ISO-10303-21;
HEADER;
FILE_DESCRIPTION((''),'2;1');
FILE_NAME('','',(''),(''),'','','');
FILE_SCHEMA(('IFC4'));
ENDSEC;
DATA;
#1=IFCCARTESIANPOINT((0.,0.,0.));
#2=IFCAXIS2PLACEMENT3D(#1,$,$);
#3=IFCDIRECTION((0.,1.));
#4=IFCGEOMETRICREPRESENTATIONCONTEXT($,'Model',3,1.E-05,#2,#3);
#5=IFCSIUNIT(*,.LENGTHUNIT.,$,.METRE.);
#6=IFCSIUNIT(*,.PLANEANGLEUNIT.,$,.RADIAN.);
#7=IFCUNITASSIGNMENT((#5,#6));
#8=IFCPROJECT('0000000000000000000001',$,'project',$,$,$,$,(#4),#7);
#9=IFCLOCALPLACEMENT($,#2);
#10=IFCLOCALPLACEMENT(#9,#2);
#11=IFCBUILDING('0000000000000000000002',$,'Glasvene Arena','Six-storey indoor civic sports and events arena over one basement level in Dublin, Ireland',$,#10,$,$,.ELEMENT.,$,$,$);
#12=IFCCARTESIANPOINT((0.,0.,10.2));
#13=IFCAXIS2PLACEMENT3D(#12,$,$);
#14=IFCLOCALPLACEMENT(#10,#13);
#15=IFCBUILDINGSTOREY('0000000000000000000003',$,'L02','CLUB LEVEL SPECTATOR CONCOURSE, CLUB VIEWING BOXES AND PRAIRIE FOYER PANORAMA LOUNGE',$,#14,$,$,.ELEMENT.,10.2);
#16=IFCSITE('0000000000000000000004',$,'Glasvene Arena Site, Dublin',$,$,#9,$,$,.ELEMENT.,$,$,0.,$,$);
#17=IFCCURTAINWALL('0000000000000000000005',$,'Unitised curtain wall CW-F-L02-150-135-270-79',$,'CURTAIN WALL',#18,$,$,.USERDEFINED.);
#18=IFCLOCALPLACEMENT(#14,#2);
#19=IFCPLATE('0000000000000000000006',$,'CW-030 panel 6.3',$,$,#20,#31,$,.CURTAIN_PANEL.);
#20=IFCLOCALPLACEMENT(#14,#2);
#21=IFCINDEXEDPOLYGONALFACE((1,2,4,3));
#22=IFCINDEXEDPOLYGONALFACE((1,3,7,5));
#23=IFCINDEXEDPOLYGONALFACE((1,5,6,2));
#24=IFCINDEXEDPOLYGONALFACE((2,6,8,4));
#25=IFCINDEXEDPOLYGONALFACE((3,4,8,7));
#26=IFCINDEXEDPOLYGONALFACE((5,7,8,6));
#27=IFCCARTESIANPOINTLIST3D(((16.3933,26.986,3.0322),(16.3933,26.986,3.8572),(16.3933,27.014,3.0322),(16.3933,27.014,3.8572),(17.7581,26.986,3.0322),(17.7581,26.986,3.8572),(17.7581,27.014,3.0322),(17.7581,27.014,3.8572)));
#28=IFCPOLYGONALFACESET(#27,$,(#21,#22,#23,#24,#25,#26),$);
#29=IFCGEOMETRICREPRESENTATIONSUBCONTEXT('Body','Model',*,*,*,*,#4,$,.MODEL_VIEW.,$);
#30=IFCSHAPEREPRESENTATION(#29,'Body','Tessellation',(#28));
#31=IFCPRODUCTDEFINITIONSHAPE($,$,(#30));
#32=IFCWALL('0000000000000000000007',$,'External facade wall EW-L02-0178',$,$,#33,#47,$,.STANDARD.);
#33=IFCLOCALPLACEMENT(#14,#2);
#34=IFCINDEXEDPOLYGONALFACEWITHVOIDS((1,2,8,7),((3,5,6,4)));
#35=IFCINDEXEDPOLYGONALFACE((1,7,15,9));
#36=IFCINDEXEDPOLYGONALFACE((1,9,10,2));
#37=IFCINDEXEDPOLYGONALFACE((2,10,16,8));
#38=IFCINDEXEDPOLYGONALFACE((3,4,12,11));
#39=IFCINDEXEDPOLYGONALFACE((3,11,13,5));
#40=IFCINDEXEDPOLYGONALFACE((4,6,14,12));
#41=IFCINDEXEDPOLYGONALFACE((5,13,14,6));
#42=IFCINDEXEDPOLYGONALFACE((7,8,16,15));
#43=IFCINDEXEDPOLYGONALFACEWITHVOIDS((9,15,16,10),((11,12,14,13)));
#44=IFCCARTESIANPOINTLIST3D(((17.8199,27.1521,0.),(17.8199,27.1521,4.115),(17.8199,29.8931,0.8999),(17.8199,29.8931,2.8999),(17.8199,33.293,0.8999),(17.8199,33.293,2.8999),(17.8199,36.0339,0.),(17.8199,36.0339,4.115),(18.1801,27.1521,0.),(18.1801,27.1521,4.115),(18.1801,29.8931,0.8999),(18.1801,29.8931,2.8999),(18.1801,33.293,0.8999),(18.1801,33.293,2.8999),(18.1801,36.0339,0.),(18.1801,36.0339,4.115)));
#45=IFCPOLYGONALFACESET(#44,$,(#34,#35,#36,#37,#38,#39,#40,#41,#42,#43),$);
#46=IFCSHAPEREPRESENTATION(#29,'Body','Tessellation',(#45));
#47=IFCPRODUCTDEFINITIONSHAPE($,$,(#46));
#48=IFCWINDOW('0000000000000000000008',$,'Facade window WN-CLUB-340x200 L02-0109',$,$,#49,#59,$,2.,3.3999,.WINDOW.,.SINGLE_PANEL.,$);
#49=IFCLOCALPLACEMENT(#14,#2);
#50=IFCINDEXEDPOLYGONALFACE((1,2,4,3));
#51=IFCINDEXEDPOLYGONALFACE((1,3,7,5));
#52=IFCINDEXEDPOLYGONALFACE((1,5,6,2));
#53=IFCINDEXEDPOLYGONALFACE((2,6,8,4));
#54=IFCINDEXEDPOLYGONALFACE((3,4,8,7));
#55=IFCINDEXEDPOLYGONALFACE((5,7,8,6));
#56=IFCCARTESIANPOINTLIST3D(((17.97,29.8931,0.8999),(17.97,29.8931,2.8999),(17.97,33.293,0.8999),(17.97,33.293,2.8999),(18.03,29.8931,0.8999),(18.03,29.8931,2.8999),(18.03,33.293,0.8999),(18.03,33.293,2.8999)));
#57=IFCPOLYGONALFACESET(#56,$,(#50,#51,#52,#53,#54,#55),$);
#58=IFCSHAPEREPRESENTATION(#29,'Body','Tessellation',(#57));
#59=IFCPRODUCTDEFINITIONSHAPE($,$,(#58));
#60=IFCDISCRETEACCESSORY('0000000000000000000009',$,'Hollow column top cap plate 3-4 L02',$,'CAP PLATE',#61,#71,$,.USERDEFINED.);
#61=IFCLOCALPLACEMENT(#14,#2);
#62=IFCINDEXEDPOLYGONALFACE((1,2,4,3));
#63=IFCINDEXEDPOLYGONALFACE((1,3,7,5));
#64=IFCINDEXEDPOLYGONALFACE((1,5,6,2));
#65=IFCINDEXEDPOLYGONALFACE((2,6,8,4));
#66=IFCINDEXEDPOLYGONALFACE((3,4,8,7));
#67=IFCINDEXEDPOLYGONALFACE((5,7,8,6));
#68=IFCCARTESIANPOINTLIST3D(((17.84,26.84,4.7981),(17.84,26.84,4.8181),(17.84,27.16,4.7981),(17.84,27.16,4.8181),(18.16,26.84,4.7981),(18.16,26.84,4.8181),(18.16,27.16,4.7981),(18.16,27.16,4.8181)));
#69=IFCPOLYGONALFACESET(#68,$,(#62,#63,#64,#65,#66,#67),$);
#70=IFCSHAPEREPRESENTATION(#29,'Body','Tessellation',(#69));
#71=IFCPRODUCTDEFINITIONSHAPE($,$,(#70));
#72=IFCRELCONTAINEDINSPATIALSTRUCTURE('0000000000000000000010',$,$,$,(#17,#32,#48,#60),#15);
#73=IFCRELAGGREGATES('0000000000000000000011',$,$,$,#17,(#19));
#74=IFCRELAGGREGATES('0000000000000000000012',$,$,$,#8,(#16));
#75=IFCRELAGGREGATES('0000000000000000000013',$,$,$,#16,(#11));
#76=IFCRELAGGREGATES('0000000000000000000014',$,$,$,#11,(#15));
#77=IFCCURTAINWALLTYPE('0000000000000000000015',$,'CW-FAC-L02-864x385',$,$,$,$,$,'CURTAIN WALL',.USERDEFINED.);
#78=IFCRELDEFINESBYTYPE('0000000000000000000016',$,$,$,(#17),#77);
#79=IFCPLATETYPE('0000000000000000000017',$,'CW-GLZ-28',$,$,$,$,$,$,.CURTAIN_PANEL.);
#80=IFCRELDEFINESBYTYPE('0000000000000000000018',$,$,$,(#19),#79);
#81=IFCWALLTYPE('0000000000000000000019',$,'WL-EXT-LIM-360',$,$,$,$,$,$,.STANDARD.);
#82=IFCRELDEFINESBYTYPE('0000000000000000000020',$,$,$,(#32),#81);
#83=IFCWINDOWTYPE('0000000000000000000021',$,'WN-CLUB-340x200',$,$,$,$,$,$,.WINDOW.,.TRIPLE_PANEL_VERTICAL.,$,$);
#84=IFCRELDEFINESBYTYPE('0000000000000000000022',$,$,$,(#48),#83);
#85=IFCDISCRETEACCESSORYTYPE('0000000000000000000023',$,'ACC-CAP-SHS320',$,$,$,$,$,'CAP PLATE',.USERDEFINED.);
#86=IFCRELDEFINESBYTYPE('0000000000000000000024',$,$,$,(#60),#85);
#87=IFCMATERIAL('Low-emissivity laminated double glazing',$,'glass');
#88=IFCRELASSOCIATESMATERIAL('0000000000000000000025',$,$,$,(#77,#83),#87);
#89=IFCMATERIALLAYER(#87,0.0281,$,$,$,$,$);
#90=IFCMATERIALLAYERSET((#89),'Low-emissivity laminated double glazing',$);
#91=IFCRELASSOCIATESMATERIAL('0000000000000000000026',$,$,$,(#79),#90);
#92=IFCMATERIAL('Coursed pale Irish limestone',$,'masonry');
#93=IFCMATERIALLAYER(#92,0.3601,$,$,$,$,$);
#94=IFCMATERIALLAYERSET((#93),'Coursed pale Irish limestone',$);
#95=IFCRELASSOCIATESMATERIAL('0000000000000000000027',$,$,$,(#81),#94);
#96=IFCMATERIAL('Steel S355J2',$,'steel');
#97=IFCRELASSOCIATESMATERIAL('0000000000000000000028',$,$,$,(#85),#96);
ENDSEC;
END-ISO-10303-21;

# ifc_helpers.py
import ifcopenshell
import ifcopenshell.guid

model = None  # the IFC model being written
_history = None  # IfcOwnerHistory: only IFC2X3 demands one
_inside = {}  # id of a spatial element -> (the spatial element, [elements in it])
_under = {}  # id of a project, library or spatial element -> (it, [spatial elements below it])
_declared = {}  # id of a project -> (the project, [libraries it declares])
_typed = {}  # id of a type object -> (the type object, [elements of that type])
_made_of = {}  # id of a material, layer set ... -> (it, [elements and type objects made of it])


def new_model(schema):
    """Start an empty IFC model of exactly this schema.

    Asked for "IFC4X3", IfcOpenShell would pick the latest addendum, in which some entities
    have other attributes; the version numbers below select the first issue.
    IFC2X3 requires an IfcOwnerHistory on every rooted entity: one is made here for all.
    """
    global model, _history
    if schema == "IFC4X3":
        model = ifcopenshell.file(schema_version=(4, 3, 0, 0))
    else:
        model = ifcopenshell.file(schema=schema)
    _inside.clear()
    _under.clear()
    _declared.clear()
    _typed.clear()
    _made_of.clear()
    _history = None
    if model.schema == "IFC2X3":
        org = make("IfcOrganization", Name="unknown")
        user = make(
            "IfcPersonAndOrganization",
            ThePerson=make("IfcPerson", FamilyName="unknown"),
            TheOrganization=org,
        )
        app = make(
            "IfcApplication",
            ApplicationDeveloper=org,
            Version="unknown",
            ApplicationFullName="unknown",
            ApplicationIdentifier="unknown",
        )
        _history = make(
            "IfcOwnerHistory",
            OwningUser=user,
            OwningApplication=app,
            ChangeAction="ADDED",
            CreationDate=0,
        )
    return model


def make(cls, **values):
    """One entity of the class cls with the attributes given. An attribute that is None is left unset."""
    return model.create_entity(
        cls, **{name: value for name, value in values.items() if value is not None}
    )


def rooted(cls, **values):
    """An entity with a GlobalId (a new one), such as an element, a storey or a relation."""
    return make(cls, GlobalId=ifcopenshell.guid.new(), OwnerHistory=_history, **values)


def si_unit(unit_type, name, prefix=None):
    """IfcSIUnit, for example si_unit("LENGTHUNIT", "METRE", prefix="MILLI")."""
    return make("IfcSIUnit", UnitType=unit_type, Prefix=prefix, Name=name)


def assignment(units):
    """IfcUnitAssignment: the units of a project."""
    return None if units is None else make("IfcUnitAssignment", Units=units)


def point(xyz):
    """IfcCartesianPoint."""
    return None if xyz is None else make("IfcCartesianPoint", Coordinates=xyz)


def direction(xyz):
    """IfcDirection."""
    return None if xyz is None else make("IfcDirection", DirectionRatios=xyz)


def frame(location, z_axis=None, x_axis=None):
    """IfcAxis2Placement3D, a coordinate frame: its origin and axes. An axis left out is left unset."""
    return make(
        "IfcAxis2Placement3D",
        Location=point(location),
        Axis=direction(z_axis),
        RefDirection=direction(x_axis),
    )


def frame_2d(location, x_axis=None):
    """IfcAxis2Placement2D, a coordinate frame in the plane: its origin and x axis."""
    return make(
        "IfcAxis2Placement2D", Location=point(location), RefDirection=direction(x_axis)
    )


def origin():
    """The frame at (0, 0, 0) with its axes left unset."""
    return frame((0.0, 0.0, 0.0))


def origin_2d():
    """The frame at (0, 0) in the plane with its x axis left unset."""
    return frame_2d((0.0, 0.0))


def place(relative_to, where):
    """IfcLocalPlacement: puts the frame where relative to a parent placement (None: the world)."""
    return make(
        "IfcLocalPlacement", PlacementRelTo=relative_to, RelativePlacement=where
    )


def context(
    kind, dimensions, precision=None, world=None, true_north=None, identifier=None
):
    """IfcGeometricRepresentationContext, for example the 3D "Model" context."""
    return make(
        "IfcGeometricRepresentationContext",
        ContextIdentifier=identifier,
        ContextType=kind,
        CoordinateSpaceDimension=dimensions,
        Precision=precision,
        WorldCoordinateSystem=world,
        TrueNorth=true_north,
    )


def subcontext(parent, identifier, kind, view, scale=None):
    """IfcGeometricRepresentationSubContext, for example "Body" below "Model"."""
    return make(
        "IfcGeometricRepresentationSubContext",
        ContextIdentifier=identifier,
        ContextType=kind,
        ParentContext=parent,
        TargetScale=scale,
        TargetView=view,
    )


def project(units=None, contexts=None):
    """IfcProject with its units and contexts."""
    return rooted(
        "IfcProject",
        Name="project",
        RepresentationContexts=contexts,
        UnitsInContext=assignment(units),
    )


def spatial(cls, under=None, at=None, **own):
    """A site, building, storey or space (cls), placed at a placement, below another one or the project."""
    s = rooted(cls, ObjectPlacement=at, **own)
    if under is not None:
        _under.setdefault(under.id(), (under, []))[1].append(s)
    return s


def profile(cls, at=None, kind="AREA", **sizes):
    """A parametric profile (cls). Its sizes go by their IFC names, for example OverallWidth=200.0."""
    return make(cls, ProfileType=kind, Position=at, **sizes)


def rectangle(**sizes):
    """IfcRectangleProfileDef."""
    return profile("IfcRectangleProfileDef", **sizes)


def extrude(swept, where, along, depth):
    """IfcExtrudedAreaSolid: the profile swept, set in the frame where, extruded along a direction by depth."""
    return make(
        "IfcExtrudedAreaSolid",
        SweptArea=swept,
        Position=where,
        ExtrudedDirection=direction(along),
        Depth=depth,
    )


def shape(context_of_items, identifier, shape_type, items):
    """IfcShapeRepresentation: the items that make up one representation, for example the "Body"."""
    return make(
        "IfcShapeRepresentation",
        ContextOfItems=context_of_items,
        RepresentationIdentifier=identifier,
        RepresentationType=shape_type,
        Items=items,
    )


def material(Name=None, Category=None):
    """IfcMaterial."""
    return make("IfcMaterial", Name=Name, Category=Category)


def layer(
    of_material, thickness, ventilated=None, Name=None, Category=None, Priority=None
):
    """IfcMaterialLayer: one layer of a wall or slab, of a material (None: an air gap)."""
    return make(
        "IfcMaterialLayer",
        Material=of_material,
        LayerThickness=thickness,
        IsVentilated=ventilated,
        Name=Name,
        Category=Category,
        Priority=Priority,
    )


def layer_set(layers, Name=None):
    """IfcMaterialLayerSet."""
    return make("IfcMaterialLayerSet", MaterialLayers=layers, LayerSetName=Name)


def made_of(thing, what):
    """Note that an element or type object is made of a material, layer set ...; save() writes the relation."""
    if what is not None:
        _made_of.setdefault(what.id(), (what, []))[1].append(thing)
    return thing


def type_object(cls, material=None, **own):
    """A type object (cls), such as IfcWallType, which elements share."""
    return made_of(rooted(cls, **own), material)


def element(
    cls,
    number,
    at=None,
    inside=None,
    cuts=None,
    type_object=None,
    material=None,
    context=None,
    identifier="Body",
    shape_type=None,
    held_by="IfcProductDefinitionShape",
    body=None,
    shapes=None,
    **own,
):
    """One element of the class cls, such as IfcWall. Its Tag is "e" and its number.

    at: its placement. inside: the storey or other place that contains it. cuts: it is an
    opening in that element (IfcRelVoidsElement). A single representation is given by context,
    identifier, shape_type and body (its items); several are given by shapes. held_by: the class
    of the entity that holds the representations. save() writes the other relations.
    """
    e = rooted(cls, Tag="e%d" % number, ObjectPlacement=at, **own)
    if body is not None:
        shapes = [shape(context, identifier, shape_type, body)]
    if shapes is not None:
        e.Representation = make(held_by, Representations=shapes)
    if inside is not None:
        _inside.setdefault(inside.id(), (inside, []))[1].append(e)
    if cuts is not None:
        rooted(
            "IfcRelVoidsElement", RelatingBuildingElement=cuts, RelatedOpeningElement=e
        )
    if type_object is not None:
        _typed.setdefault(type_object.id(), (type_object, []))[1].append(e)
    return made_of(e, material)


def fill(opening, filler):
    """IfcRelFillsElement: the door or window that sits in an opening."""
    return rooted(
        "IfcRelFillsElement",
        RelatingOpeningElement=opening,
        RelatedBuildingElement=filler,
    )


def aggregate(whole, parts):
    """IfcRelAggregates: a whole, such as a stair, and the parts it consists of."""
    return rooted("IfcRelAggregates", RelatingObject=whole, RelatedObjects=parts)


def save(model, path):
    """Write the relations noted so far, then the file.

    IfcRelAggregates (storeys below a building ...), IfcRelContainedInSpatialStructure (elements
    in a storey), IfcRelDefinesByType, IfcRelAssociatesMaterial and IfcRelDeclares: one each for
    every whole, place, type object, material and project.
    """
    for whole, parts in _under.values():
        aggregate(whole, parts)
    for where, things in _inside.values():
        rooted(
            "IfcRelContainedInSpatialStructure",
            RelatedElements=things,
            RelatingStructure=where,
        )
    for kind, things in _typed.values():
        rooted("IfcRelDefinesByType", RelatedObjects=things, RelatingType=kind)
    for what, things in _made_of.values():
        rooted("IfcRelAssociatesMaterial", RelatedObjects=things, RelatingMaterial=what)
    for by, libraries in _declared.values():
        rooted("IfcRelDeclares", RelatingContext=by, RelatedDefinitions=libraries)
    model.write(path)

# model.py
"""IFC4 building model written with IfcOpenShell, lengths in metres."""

from ifc_helpers import new_model, si_unit, direction, frame, frame_2d, origin, origin_2d, place, context, subcontext, project, spatial, rectangle, extrude, material, layer, layer_set, type_object, element, fill, aggregate, save


model = new_model("IFC4")

# Units and contexts
model_context = context("Model", 3, precision=1e-05, world=origin(), true_north=direction((0.0, 1.0)))
body_context = subcontext(model_context, "Body", "Model", "MODEL_VIEW")
ifc_project = project(units=[si_unit("LENGTHUNIT", "METRE"), si_unit("PLANEANGLEUNIT", "RADIAN")], contexts=[model_context])

# Site, building, storey
site_placement = place(None, origin())
site = spatial("IfcSite", under=ifc_project, at=site_placement, Name="Glasvene Arena Site, Dublin", CompositionType="ELEMENT", RefElevation=0.0)
building_placement = place(site_placement, origin())
building = spatial("IfcBuilding", under=site, at=building_placement, Name="Glasvene Arena", Description="Six-storey indoor civic sports and events arena over one basement level in Dublin, Ireland", CompositionType="ELEMENT")
storey_placement = place(building_placement, frame((0.0, 0.0, 10.2)))
storey = spatial("IfcBuildingStorey", under=building, at=storey_placement, Name="L02", Description="CLUB LEVEL SPECTATOR CONCOURSE, CLUB VIEWING BOXES AND PRAIRIE FOYER PANORAMA LOUNGE", CompositionType="ELEMENT", Elevation=10.2)

# Shared definitions
ifc_material_1 = material(Name="Steel S355J2", Category="steel")

# Curtain wall, plate
ifc_material_2 = material(Name="Low-emissivity laminated double glazing", Category="glass")
curtain_wall_type = type_object("IfcCurtainWallType", Name="CW-FAC-L02-864x385", ElementType="CURTAIN WALL", PredefinedType="USERDEFINED", material=ifc_material_2)
curtain_wall_placement = place(storey_placement, frame((9.1702, 27.0, 0.0)))
curtain_wall = element("IfcCurtainWall", 1, at=curtain_wall_placement, inside=storey, type_object=curtain_wall_type, Name="Unitised curtain wall CW-F-L02-150-135-270-79", ObjectType="CURTAIN WALL", PredefinedType="USERDEFINED")
ifc_layer_1 = layer(ifc_material_2, 0.0281)
ifc_layer_set_1 = layer_set([ifc_layer_1], Name="Low-emissivity laminated double glazing")
plate_type = type_object("IfcPlateType", Name="CW-GLZ-28", PredefinedType="CURTAIN_PANEL", material=ifc_layer_set_1)
plate_1_placement = place(storey_placement, frame((17.0757, 27.0, 3.0322), z_axis=(0.0, 0.0, 1.0), x_axis=(1.0, 0.0, 0.0)))
plate_1 = element("IfcPlate", 2, at=plate_1_placement, type_object=plate_type, Name="CW-030 panel 6.3", PredefinedType="CURTAIN_PANEL", context=body_context, shape_type="SweptSolid", body=[
    extrude(rectangle(XDim=1.3647, YDim=0.0281, at=origin_2d()), origin(), (0.0, 0.0, 1.0), 0.825),
])
aggregate(curtain_wall, [plate_1])

# Wall, opening, window
ifc_material_3 = material(Name="Coursed pale Irish limestone", Category="masonry")
ifc_layer_2 = layer(ifc_material_3, 0.3601)
ifc_layer_set_2 = layer_set([ifc_layer_2], Name="Coursed pale Irish limestone")
wall_type = type_object("IfcWallType", Name="WL-EXT-LIM-360", PredefinedType="STANDARD", material=ifc_layer_set_2)
wall_placement = place(storey_placement, frame((18.0, 27.1521, 0.0), z_axis=(0.0, 0.0, 1.0), x_axis=(0.0, 1.0, 0.0)))
wall = element("IfcWall", 3, at=wall_placement, inside=storey, type_object=wall_type, Name="External facade wall EW-L02-0178", PredefinedType="STANDARD", context=body_context, shape_type="SweptSolid", body=[
    extrude(rectangle(XDim=8.8818, YDim=0.3601, at=frame_2d((4.4409, 0.0))), origin(), (0.0, 0.0, 1.0), 4.115),
])
opening_placement = place(wall_placement, frame((2.741, 0.0, 0.8999)))
opening = element("IfcOpeningElement", 4, at=opening_placement, cuts=wall, PredefinedType="OPENING", context=body_context, shape_type="SweptSolid", body=[
    extrude(rectangle(XDim=3.3999, YDim=2.0, at=frame_2d((1.7, 1.0))), frame((0.0, 0.1899, 0.0), z_axis=(0.0, -1.0, 0.0), x_axis=(1.0, 0.0, 0.0)), (0.0, 0.0, 1.0), 0.3801),
])
window_type = type_object("IfcWindowType", Name="WN-CLUB-340x200", PartitioningType="TRIPLE_PANEL_VERTICAL", PredefinedType="WINDOW", material=ifc_material_2)
window_placement = place(opening_placement, origin())
window = element("IfcWindow", 5, at=window_placement, inside=storey, type_object=window_type, Name="Facade window WN-CLUB-340x200 L02-0109", OverallHeight=2.0, OverallWidth=3.3999, PartitioningType="SINGLE_PANEL", PredefinedType="WINDOW", context=body_context, shape_type="SweptSolid", body=[
    extrude(rectangle(XDim=3.3999, YDim=2.0, at=frame_2d((1.7, 1.0))), frame((0.0, 0.03, 0.0), z_axis=(0.0, -1.0, 0.0), x_axis=(1.0, 0.0, 0.0)), (0.0, 0.0, 1.0), 0.0601),
])
fill(opening, window)

# Discrete accessory
discrete_accessory_type = type_object("IfcDiscreteAccessoryType", Name="ACC-CAP-SHS320", ElementType="CAP PLATE", PredefinedType="USERDEFINED", material=ifc_material_1)
discrete_accessory_placement = place(storey_placement, frame((18.0, 27.0, 4.7981), z_axis=(0.0, 0.0, 1.0), x_axis=(1.0, 0.0, 0.0)))
element("IfcDiscreteAccessory", 6, at=discrete_accessory_placement, inside=storey, type_object=discrete_accessory_type, Name="Hollow column top cap plate 3-4 L02", ObjectType="CAP PLATE", PredefinedType="USERDEFINED", context=body_context, shape_type="SweptSolid", body=[
    extrude(rectangle(XDim=0.3201, YDim=0.3201, at=origin_2d()), origin(), (0.0, 0.0, 1.0), 0.02),
])

save(model, "model.ifc")
